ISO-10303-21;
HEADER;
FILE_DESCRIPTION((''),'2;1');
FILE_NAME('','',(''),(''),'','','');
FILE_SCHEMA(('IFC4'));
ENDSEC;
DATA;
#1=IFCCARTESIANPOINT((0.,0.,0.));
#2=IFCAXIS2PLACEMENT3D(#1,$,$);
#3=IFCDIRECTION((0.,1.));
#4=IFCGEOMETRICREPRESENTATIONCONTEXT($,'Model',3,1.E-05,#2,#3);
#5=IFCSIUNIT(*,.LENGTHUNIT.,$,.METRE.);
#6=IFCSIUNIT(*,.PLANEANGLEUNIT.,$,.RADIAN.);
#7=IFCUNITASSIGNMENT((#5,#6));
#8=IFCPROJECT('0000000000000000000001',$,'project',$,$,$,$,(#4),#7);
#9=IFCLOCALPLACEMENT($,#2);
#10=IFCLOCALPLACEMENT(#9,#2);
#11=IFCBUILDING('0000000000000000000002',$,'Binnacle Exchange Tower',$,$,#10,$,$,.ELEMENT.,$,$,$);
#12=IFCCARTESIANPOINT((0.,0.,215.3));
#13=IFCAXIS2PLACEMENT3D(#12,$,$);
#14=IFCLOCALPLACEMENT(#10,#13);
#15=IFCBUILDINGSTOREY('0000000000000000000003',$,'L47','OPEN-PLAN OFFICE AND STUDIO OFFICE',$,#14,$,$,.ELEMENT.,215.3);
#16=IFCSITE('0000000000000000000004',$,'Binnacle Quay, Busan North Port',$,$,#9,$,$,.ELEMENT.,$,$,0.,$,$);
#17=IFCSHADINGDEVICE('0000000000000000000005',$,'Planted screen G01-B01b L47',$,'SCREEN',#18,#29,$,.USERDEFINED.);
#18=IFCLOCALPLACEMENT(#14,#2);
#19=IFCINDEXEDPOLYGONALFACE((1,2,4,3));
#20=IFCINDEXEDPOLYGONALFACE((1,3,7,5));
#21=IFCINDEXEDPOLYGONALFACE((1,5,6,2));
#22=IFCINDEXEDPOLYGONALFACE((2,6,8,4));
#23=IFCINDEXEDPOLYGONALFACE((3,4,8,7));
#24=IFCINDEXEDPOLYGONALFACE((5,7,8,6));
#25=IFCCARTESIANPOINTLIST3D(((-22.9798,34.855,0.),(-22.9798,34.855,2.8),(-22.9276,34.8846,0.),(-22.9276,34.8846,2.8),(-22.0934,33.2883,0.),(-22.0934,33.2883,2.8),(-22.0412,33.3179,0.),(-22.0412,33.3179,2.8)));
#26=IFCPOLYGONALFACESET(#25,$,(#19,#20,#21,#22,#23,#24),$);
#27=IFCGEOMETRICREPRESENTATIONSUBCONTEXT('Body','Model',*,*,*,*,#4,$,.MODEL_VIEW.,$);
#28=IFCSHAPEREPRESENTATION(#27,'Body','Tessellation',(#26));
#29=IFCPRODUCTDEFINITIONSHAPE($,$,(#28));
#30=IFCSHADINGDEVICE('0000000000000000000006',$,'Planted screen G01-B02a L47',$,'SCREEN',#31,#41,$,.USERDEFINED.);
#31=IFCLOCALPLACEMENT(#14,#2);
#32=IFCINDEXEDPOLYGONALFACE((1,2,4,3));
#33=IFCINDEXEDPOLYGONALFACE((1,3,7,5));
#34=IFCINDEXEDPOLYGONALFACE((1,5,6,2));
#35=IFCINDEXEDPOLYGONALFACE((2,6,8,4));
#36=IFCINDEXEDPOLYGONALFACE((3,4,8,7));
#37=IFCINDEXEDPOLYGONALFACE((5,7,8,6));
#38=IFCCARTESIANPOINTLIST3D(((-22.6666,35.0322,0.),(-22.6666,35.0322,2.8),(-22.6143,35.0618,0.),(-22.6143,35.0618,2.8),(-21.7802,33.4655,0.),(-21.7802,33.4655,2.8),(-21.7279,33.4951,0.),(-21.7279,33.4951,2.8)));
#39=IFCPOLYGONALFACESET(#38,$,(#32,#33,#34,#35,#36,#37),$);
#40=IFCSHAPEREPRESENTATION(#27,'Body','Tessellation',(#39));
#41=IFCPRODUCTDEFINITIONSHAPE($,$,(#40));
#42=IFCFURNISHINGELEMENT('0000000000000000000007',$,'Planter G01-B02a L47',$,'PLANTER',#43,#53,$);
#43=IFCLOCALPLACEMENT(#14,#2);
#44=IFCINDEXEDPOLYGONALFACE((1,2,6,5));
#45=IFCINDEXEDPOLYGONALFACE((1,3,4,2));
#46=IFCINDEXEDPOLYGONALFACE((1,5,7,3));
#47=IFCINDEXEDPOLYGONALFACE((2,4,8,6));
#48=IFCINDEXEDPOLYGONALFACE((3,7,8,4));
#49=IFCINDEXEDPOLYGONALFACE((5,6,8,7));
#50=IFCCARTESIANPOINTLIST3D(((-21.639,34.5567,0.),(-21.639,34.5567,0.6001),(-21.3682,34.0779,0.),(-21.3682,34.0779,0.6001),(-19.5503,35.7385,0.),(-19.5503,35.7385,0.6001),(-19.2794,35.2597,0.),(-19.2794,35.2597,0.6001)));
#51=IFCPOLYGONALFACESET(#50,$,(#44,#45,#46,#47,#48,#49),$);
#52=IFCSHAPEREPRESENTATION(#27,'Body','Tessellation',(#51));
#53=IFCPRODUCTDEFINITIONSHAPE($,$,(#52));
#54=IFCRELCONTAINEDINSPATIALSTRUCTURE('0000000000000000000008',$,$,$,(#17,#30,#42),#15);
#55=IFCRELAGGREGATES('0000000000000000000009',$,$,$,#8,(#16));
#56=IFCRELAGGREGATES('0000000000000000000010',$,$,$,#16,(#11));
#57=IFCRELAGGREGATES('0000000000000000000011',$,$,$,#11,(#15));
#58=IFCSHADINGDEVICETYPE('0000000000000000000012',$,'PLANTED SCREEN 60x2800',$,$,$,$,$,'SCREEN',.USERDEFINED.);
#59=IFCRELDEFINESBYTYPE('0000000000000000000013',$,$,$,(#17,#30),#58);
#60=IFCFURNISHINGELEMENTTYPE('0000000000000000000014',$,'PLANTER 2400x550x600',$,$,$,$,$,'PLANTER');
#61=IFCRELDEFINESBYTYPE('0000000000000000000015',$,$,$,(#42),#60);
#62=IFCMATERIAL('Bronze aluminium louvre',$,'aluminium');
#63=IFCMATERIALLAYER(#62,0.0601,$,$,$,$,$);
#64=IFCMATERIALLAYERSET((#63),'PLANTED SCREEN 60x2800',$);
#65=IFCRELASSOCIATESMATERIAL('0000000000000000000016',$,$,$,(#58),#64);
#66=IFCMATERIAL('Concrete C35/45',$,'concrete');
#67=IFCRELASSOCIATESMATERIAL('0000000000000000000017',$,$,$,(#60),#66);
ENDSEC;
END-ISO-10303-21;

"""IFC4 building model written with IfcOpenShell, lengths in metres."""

from ifc_helpers import new_model, si_unit, direction, frame, origin, origin_2d, place, context, subcontext, project, spatial, rectangle, extrude, material, layer, layer_set, type_object, element, save


model = new_model("IFC4")

# Units and contexts
model_context = context("Model", 3, precision=1e-05, world=origin(), true_north=direction((0.0, 1.0)))
body_context = subcontext(model_context, "Body", "Model", "MODEL_VIEW")
ifc_project = project(units=[si_unit("LENGTHUNIT", "METRE"), si_unit("PLANEANGLEUNIT", "RADIAN")], contexts=[model_context])

# Site, building, storey
site_placement = place(None, origin())
site = spatial("IfcSite", under=ifc_project, at=site_placement, Name="Binnacle Quay, Busan North Port", CompositionType="ELEMENT", RefElevation=0.0)
building_placement = place(site_placement, origin())
building = spatial("IfcBuilding", under=site, at=building_placement, Name="Binnacle Exchange Tower", CompositionType="ELEMENT")
storey_placement = place(building_placement, frame((0.0, 0.0, 215.3)))
storey = spatial("IfcBuildingStorey", under=building, at=storey_placement, Name="L47", Description="OPEN-PLAN OFFICE AND STUDIO OFFICE", CompositionType="ELEMENT", Elevation=215.3)

# Shading devices
ifc_material_1 = material(Name="Bronze aluminium louvre", Category="aluminium")
ifc_layer_1 = layer(ifc_material_1, 0.0601)
ifc_layer_set_1 = layer_set([ifc_layer_1], Name="PLANTED SCREEN 60x2800")
shading_device_type = type_object("IfcShadingDeviceType", Name="PLANTED SCREEN 60x2800", ElementType="SCREEN", PredefinedType="USERDEFINED", material=ifc_layer_set_1)
for number, where, z_axis, x_axis, name in (
    (1, (-22.5105, 34.0864, 0.0), (0.0, 0.0, 1.0), (0.870356, 0.492424, 0.0), "Planted screen G01-B01b L47"),
    (2, (-22.1973, 34.2637, 0.0), (0.0, 0.0, 1.0), (0.870356, 0.492424, 0.0), "Planted screen G01-B02a L47"),
):
    element("IfcShadingDevice", number, at=place(storey_placement, frame(where, z_axis=z_axis, x_axis=x_axis)), inside=storey, type_object=shading_device_type, Name=name, ObjectType="SCREEN", PredefinedType="USERDEFINED", context=body_context, shape_type="SweptSolid", body=[
        extrude(rectangle(XDim=0.0601, YDim=1.8, at=origin_2d()), origin(), (0.0, 0.0, 1.0), 2.8),
    ])

# Furnishing element
ifc_material_2 = material(Name="Concrete C35/45", Category="concrete")
furnishing_element_type = type_object("IfcFurnishingElementType", Name="PLANTER 2400x550x600", ElementType="PLANTER", material=ifc_material_2)
furnishing_placement = place(storey_placement, frame((-20.4592, 34.9082, 0.0), z_axis=(0.0, 0.0, 1.0), x_axis=(0.870356, 0.492424, 0.0)))
element("IfcFurnishingElement", 3, at=furnishing_placement, inside=storey, type_object=furnishing_element_type, Name="Planter G01-B02a L47", ObjectType="PLANTER", context=body_context, shape_type="SweptSolid", body=[
    extrude(rectangle(XDim=2.3999, YDim=0.55, at=origin_2d()), origin(), (0.0, 0.0, 1.0), 0.6001),
])

save(model, "model.ifc")
